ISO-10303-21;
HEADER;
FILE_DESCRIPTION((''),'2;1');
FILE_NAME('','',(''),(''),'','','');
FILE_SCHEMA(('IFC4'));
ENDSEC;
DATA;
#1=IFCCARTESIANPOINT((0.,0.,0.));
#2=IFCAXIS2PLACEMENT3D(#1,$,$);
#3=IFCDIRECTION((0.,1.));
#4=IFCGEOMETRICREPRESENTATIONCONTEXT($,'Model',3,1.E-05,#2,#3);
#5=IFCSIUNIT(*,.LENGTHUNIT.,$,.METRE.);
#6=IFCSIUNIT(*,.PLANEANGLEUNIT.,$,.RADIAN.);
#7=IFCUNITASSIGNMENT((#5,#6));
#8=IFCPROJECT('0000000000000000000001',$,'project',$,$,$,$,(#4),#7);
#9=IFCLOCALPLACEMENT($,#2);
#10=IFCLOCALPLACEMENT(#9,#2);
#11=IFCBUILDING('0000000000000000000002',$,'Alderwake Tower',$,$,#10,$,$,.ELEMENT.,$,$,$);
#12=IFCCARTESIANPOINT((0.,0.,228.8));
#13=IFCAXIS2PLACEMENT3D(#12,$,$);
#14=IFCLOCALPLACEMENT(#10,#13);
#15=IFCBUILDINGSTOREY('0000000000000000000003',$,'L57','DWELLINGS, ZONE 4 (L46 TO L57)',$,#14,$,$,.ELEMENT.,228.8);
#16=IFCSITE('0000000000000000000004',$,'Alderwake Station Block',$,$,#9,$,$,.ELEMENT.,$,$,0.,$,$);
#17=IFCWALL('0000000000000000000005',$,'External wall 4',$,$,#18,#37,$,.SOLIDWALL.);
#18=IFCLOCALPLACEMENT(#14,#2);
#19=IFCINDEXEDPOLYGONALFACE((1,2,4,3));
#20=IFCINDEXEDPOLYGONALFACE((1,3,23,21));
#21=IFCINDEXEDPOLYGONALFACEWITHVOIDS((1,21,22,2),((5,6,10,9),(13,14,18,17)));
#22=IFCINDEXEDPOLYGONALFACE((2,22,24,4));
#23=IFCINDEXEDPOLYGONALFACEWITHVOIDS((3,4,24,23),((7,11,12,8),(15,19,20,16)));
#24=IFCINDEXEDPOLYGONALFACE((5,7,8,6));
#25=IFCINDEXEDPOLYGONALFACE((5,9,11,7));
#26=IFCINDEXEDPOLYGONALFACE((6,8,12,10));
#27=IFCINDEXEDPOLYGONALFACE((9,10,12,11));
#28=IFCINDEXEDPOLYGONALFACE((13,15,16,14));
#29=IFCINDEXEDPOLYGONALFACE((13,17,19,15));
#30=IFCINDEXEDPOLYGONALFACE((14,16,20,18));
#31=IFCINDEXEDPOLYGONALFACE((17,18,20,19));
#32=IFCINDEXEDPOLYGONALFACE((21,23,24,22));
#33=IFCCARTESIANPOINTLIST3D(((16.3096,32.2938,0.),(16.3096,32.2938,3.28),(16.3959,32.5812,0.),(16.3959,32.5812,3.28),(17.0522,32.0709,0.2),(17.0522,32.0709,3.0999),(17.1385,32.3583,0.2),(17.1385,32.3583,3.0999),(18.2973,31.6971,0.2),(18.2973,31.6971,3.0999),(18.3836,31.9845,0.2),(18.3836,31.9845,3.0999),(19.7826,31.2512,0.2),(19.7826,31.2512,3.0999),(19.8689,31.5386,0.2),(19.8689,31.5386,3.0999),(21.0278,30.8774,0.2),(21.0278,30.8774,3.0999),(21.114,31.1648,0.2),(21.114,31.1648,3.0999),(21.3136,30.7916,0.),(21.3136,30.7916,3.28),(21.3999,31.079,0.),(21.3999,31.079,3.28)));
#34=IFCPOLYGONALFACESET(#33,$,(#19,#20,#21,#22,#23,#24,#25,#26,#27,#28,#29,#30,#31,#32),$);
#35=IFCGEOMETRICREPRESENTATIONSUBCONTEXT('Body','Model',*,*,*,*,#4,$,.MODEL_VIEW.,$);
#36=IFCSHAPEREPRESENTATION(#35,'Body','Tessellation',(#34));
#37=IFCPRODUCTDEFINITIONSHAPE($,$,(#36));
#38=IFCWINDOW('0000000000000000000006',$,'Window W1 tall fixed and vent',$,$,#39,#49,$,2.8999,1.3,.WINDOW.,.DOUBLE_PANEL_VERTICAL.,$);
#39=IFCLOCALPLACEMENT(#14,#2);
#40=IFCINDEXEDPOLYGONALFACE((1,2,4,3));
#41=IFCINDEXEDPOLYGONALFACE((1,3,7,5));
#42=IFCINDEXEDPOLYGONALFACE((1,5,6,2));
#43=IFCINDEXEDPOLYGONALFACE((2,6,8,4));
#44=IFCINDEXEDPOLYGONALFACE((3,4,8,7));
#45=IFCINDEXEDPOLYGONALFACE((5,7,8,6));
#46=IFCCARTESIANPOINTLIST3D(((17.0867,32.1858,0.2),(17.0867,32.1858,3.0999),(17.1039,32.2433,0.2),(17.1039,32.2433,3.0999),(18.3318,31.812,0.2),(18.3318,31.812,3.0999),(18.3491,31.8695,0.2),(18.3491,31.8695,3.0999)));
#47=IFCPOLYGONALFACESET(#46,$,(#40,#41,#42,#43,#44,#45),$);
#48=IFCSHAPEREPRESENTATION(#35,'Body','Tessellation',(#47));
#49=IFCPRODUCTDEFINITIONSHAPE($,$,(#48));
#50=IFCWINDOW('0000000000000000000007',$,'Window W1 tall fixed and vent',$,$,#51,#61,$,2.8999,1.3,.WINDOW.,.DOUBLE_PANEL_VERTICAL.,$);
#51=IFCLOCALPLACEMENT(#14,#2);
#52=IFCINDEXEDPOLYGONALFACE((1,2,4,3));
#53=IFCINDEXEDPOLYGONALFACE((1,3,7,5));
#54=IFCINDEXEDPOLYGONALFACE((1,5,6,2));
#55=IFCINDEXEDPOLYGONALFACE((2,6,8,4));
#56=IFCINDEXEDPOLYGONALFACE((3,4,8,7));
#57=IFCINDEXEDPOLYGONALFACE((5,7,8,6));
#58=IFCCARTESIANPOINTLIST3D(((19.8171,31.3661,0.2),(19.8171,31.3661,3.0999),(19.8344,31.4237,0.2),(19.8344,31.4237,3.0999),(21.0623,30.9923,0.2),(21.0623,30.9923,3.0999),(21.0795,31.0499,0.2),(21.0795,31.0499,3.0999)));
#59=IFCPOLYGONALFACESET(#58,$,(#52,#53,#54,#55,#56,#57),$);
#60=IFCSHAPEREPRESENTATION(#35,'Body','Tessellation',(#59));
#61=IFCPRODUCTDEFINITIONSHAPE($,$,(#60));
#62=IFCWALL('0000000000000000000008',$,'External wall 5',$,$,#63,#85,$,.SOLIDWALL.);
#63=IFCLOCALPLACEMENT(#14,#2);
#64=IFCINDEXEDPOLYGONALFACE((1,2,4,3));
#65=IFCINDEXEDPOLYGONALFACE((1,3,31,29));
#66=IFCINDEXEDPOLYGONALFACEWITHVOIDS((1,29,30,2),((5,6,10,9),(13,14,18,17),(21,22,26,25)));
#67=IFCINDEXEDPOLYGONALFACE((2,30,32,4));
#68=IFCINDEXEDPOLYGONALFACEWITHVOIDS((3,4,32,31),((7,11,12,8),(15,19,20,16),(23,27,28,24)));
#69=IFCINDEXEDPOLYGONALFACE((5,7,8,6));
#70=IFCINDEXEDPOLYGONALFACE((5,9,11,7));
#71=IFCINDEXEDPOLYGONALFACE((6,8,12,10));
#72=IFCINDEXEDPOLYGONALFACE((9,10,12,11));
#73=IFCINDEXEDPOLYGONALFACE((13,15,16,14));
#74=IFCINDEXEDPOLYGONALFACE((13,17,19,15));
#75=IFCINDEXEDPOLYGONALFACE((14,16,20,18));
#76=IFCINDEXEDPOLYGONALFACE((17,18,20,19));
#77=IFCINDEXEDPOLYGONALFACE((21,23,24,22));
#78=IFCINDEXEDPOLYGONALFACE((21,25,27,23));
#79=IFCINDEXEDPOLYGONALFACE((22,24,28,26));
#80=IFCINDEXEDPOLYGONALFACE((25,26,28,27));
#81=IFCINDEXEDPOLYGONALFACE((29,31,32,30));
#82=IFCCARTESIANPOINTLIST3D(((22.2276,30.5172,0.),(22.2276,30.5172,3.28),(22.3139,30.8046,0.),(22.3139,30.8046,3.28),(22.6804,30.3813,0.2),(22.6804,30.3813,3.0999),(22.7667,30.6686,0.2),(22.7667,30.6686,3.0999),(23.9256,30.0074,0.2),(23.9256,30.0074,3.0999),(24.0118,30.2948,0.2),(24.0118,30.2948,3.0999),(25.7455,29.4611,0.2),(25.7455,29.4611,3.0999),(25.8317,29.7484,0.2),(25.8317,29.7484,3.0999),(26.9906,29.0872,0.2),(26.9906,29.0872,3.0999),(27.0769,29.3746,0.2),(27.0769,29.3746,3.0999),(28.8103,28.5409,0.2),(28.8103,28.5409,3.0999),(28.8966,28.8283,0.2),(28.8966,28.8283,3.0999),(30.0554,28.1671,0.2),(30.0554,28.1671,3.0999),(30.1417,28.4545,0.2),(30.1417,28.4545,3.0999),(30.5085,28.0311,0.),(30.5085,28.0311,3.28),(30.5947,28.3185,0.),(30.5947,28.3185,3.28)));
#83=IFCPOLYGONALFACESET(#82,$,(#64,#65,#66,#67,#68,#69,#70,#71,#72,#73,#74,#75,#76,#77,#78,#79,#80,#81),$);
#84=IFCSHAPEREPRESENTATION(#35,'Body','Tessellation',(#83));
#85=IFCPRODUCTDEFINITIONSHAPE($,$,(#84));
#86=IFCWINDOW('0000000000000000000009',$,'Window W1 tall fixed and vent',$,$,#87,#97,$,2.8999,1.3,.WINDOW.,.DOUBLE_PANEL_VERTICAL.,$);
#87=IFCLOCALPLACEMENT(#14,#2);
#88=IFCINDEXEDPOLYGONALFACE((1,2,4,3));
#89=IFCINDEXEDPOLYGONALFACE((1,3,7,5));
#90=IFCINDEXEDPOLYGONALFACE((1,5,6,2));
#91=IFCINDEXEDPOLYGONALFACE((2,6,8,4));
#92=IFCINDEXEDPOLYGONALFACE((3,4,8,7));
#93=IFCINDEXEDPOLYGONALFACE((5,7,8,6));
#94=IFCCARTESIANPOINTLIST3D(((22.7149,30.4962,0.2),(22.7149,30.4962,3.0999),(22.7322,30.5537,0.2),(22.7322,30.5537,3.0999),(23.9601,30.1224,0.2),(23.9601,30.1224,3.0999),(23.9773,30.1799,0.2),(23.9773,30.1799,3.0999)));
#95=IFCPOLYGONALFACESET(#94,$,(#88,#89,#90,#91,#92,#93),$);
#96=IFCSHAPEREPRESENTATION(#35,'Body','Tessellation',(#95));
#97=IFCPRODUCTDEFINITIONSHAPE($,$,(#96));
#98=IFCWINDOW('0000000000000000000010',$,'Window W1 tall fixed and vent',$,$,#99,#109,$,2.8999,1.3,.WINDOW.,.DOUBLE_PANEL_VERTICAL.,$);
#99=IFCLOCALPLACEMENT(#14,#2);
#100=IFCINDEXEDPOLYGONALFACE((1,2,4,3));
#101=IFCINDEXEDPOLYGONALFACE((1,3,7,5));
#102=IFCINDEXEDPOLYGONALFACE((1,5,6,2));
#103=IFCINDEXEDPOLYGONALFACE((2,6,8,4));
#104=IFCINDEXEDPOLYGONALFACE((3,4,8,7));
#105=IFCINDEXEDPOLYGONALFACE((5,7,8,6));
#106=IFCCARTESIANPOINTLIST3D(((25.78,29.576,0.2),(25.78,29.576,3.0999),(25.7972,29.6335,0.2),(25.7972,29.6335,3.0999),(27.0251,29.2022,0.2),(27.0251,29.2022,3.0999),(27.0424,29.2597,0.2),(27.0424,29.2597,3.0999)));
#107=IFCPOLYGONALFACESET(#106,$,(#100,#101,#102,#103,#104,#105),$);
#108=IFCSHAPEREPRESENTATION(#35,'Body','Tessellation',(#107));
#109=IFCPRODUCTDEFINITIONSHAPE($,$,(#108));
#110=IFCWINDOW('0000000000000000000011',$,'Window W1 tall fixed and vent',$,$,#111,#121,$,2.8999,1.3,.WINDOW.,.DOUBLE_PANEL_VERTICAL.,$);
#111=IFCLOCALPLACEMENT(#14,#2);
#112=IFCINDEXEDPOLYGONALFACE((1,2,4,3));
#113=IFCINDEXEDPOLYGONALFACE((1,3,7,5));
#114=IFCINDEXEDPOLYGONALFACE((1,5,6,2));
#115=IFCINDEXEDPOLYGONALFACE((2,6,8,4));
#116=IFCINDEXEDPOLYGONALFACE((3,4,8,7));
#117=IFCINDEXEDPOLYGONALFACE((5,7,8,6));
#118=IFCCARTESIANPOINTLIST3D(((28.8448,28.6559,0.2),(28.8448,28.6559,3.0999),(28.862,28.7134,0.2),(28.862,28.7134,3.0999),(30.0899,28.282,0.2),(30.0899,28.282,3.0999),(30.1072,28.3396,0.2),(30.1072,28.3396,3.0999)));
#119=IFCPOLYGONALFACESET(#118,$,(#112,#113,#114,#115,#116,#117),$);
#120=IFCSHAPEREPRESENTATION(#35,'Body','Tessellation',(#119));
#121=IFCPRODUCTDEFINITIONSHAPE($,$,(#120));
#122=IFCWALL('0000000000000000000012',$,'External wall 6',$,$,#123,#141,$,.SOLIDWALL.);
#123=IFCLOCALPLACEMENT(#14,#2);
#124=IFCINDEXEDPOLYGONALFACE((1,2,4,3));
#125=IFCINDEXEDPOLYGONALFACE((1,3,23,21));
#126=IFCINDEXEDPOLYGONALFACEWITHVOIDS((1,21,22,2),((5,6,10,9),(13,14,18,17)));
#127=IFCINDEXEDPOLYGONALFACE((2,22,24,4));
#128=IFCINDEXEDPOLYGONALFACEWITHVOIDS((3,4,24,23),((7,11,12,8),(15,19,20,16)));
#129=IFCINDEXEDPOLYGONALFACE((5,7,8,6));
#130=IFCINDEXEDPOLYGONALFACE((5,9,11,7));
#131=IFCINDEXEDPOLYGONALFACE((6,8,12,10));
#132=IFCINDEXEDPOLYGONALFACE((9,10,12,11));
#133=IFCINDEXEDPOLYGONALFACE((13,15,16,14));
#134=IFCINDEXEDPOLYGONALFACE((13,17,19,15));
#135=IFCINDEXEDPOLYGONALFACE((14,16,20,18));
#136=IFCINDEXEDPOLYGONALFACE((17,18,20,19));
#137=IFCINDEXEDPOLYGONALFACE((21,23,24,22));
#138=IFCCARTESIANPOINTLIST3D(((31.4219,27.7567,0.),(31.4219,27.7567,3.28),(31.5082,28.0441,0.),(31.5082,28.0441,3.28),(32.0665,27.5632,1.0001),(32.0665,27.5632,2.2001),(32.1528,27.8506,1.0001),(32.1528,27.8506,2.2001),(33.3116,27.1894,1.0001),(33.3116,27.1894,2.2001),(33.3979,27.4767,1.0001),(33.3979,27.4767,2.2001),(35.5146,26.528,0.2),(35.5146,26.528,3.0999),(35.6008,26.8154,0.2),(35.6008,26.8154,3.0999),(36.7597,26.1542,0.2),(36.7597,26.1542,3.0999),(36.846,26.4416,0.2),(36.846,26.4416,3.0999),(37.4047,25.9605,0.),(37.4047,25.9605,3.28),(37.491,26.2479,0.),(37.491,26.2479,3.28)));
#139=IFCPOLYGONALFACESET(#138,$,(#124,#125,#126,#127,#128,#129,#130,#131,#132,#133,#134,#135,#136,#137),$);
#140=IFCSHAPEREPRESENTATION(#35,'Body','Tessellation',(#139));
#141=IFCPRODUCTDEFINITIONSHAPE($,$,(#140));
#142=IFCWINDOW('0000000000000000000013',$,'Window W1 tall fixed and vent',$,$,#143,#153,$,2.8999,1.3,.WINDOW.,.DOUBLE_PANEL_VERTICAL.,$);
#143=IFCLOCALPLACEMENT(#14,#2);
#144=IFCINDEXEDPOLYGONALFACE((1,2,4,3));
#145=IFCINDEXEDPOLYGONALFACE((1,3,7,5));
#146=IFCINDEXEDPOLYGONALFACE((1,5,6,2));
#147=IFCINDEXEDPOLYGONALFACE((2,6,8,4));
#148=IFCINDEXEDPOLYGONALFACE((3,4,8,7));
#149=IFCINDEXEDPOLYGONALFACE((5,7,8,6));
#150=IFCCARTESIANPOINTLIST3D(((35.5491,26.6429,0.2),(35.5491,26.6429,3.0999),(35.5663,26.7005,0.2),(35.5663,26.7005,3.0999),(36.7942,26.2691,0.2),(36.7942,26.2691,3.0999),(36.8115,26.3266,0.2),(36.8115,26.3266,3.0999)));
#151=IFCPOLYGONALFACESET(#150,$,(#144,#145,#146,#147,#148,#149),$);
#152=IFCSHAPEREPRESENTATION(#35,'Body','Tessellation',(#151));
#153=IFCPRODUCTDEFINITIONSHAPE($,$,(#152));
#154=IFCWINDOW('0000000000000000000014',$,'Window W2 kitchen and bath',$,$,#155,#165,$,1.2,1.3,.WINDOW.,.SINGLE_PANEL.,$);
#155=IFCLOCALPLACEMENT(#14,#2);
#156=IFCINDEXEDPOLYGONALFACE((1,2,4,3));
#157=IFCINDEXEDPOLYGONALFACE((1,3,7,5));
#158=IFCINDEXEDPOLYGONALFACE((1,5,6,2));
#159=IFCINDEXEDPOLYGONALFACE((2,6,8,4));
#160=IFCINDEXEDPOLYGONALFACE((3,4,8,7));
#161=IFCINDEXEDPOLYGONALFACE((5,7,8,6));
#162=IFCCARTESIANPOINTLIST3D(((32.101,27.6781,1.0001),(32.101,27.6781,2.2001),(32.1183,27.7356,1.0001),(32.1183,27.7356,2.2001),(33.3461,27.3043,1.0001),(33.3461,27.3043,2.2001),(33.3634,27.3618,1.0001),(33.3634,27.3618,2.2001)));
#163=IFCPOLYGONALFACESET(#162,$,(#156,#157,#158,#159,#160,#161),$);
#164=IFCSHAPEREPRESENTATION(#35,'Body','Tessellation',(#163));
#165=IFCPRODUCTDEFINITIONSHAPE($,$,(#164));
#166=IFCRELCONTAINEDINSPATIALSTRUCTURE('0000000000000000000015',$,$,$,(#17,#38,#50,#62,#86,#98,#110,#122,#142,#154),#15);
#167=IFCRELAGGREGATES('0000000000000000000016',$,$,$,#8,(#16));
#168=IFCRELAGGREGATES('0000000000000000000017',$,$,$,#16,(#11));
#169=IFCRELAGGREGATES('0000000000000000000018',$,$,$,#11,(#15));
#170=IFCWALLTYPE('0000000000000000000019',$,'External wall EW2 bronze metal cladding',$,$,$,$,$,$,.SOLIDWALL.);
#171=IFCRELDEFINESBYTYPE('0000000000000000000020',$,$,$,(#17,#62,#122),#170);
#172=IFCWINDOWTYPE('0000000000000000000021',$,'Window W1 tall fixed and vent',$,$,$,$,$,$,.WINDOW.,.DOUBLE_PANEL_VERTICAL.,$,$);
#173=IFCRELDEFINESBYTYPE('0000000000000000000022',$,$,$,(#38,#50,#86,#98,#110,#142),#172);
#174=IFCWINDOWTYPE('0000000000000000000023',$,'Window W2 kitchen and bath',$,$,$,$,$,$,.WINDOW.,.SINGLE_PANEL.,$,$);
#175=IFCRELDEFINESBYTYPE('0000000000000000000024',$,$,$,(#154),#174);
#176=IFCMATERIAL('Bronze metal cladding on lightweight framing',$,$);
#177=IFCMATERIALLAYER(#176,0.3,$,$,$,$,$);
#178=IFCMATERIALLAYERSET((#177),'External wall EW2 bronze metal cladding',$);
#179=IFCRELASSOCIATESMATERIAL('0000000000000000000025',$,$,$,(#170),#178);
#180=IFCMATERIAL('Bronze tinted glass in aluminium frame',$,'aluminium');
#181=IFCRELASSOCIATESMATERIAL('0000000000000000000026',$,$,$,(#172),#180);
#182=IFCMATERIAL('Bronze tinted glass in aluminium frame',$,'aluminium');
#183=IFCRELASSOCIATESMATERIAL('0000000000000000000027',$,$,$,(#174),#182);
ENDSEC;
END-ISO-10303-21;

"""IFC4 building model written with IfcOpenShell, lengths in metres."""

from ifc_helpers import new_model, si_unit, direction, frame, frame_2d, origin, place, context, subcontext, project, spatial, rectangle, extrude, material, layer, layer_set, type_object, element, fill, save


model = new_model("IFC4")

# Units and contexts
model_context = context("Model", 3, precision=1e-05, world=origin(), true_north=direction((0.0, 1.0)))
body_context = subcontext(model_context, "Body", "Model", "MODEL_VIEW")
ifc_project = project(units=[si_unit("LENGTHUNIT", "METRE"), si_unit("PLANEANGLEUNIT", "RADIAN")], contexts=[model_context])

# Site, building, storey
site_placement = place(None, origin())
site = spatial("IfcSite", under=ifc_project, at=site_placement, Name="Alderwake Station Block", CompositionType="ELEMENT", RefElevation=0.0)
building_placement = place(site_placement, origin())
building = spatial("IfcBuilding", under=site, at=building_placement, Name="Alderwake Tower", CompositionType="ELEMENT")
storey_placement = place(building_placement, frame((0.0, 0.0, 228.8)))
storey = spatial("IfcBuildingStorey", under=building, at=storey_placement, Name="L57", Description="DWELLINGS, ZONE 4 (L46 TO L57)", CompositionType="ELEMENT", Elevation=228.8)

# Walls, openings, windows
ifc_material_1 = material(Name="Bronze metal cladding on lightweight framing")
ifc_layer_1 = layer(ifc_material_1, 0.3)
ifc_layer_set_1 = layer_set([ifc_layer_1], Name="External wall EW2 bronze metal cladding")
wall_type_1 = type_object("IfcWallType", Name="External wall EW2 bronze metal cladding", PredefinedType="SOLIDWALL", material=ifc_layer_set_1)
wall_1_placement = place(storey_placement, frame((16.3528, 32.4375, 0.0), z_axis=(0.0, 0.0, 1.0), x_axis=(0.957772, -0.287528, 0.0)))
wall_1 = element("IfcWall", 1, at=wall_1_placement, inside=storey, type_object=wall_type_1, Name="External wall 4", PredefinedType="SOLIDWALL", context=body_context, shape_type="SweptSolid", body=[
    extrude(rectangle(XDim=5.2246, YDim=0.3, at=frame_2d((2.6123, 0.0))), origin(), (0.0, 0.0, 1.0), 3.28),
])
opening_1_placement = place(wall_1_placement, frame((0.7754, 0.0, 0.2)))
opening_1 = element("IfcOpeningElement", 2, at=opening_1_placement, cuts=wall_1, PredefinedType="OPENING", context=body_context, shape_type="SweptSolid", body=[
    extrude(rectangle(XDim=1.3, YDim=2.8999, at=frame_2d((0.6499, 1.45))), frame((0.0, 0.1599, 0.0), z_axis=(0.0, -1.0, 0.0), x_axis=(1.0, 0.0, 0.0)), (0.0, 0.0, 1.0), 0.3201),
])
opening_2_placement = place(wall_1_placement, frame((3.6262, 0.0, 0.2)))
opening_2 = element("IfcOpeningElement", 3, at=opening_2_placement, cuts=wall_1, PredefinedType="OPENING", context=body_context, shape_type="SweptSolid", body=[
    extrude(rectangle(XDim=1.3, YDim=2.8999, at=frame_2d((0.6499, 1.45))), frame((0.0, 0.1599, 0.0), z_axis=(0.0, -1.0, 0.0), x_axis=(1.0, 0.0, 0.0)), (0.0, 0.0, 1.0), 0.3201),
])
ifc_material_2 = material(Name="Bronze tinted glass in aluminium frame", Category="aluminium")
window_type_1 = type_object("IfcWindowType", Name="Window W1 tall fixed and vent", PartitioningType="DOUBLE_PANEL_VERTICAL", PredefinedType="WINDOW", material=ifc_material_2)
window_1_placement = place(opening_1_placement, origin())
window_1 = element("IfcWindow", 4, at=window_1_placement, inside=storey, type_object=window_type_1, Name="Window W1 tall fixed and vent", OverallHeight=2.8999, OverallWidth=1.3, PartitioningType="DOUBLE_PANEL_VERTICAL", PredefinedType="WINDOW", context=body_context, shape_type="SweptSolid", body=[
    extrude(rectangle(XDim=1.3, YDim=2.8999, at=frame_2d((0.6499, 1.45))), frame((0.0, 0.03, 0.0), z_axis=(0.0, -1.0, 0.0), x_axis=(1.0, 0.0, 0.0)), (0.0, 0.0, 1.0), 0.0601),
])
fill(opening_1, window_1)
window_2_placement = place(opening_2_placement, origin())
window_2 = element("IfcWindow", 5, at=window_2_placement, inside=storey, type_object=window_type_1, Name="Window W1 tall fixed and vent", OverallHeight=2.8999, OverallWidth=1.3, PartitioningType="DOUBLE_PANEL_VERTICAL", PredefinedType="WINDOW", context=body_context, shape_type="SweptSolid", body=[
    extrude(rectangle(XDim=1.3, YDim=2.8999, at=frame_2d((0.6499, 1.45))), frame((0.0, 0.03, 0.0), z_axis=(0.0, -1.0, 0.0), x_axis=(1.0, 0.0, 0.0)), (0.0, 0.0, 1.0), 0.0601),
])
fill(opening_2, window_2)
wall_2_placement = place(storey_placement, frame((22.2708, 30.6609, 0.0), z_axis=(0.0, 0.0, 1.0), x_axis=(0.957767, -0.287545, 0.0)))
wall_2 = element("IfcWall", 6, at=wall_2_placement, inside=storey, type_object=wall_type_1, Name="External wall 5", PredefinedType="SOLIDWALL", context=body_context, shape_type="SweptSolid", body=[
    extrude(rectangle(XDim=8.646, YDim=0.3, at=frame_2d((4.323, 0.0))), origin(), (0.0, 0.0, 1.0), 3.28),
])
opening_3_placement = place(wall_2_placement, frame((0.4729, 0.0, 0.2)))
opening_3 = element("IfcOpeningElement", 7, at=opening_3_placement, cuts=wall_2, PredefinedType="OPENING", context=body_context, shape_type="SweptSolid", body=[
    extrude(rectangle(XDim=1.3, YDim=2.8999, at=frame_2d((0.6499, 1.45))), frame((0.0, 0.1599, 0.0), z_axis=(0.0, -1.0, 0.0), x_axis=(1.0, 0.0, 0.0)), (0.0, 0.0, 1.0), 0.3201),
])
opening_4_placement = place(wall_2_placement, frame((3.6731, 0.0, 0.2)))
opening_4 = element("IfcOpeningElement", 8, at=opening_4_placement, cuts=wall_2, PredefinedType="OPENING", context=body_context, shape_type="SweptSolid", body=[
    extrude(rectangle(XDim=1.3, YDim=2.8999, at=frame_2d((0.6499, 1.45))), frame((0.0, 0.1599, 0.0), z_axis=(0.0, -1.0, 0.0), x_axis=(1.0, 0.0, 0.0)), (0.0, 0.0, 1.0), 0.3201),
])
opening_5_placement = place(wall_2_placement, frame((6.873, 0.0, 0.2)))
opening_5 = element("IfcOpeningElement", 9, at=opening_5_placement, cuts=wall_2, PredefinedType="OPENING", context=body_context, shape_type="SweptSolid", body=[
    extrude(rectangle(XDim=1.3, YDim=2.8999, at=frame_2d((0.6499, 1.45))), frame((0.0, 0.1599, 0.0), z_axis=(0.0, -1.0, 0.0), x_axis=(1.0, 0.0, 0.0)), (0.0, 0.0, 1.0), 0.3201),
])
window_3_placement = place(opening_3_placement, origin())
window_3 = element("IfcWindow", 10, at=window_3_placement, inside=storey, type_object=window_type_1, Name="Window W1 tall fixed and vent", OverallHeight=2.8999, OverallWidth=1.3, PartitioningType="DOUBLE_PANEL_VERTICAL", PredefinedType="WINDOW", context=body_context, shape_type="SweptSolid", body=[
    extrude(rectangle(XDim=1.3, YDim=2.8999, at=frame_2d((0.6499, 1.45))), frame((0.0, 0.03, 0.0), z_axis=(0.0, -1.0, 0.0), x_axis=(1.0, 0.0, 0.0)), (0.0, 0.0, 1.0), 0.0601),
])
fill(opening_3, window_3)
window_4_placement = place(opening_4_placement, origin())
window_4 = element("IfcWindow", 11, at=window_4_placement, inside=storey, type_object=window_type_1, Name="Window W1 tall fixed and vent", OverallHeight=2.8999, OverallWidth=1.3, PartitioningType="DOUBLE_PANEL_VERTICAL", PredefinedType="WINDOW", context=body_context, shape_type="SweptSolid", body=[
    extrude(rectangle(XDim=1.3, YDim=2.8999, at=frame_2d((0.6499, 1.45))), frame((0.0, 0.03, 0.0), z_axis=(0.0, -1.0, 0.0), x_axis=(1.0, 0.0, 0.0)), (0.0, 0.0, 1.0), 0.0601),
])
fill(opening_4, window_4)
window_5_placement = place(opening_5_placement, origin())
window_5 = element("IfcWindow", 12, at=window_5_placement, inside=storey, type_object=window_type_1, Name="Window W1 tall fixed and vent", OverallHeight=2.8999, OverallWidth=1.3, PartitioningType="DOUBLE_PANEL_VERTICAL", PredefinedType="WINDOW", context=body_context, shape_type="SweptSolid", body=[
    extrude(rectangle(XDim=1.3, YDim=2.8999, at=frame_2d((0.6499, 1.45))), frame((0.0, 0.03, 0.0), z_axis=(0.0, -1.0, 0.0), x_axis=(1.0, 0.0, 0.0)), (0.0, 0.0, 1.0), 0.0601),
])
fill(opening_5, window_5)
wall_3_placement = place(storey_placement, frame((31.4651, 27.9004, 0.0), z_axis=(0.0, 0.0, 1.0), x_axis=(0.957767, -0.287545, 0.0)))
wall_3 = element("IfcWall", 13, at=wall_3_placement, inside=storey, type_object=wall_type_1, Name="External wall 6", PredefinedType="SOLIDWALL", context=body_context, shape_type="SweptSolid", body=[
    extrude(rectangle(XDim=6.2466, YDim=0.3, at=frame_2d((3.1233, 0.0))), origin(), (0.0, 0.0, 1.0), 3.28),
])
opening_6_placement = place(wall_3_placement, frame((0.6731, 0.0, 1.0)))
opening_6 = element("IfcOpeningElement", 14, at=opening_6_placement, cuts=wall_3, PredefinedType="OPENING", context=body_context, shape_type="SweptSolid", body=[
    extrude(rectangle(XDim=1.3, YDim=1.2, at=frame_2d((0.6499, 0.6001))), frame((0.0, 0.1599, 0.0), z_axis=(0.0, -1.0, 0.0), x_axis=(1.0, 0.0, 0.0)), (0.0, 0.0, 1.0), 0.3201),
])
opening_7_placement = place(wall_3_placement, frame((4.2732, 0.0, 0.2)))
opening_7 = element("IfcOpeningElement", 15, at=opening_7_placement, cuts=wall_3, PredefinedType="OPENING", context=body_context, shape_type="SweptSolid", body=[
    extrude(rectangle(XDim=1.3, YDim=2.8999, at=frame_2d((0.6499, 1.45))), frame((0.0, 0.1599, 0.0), z_axis=(0.0, -1.0, 0.0), x_axis=(1.0, 0.0, 0.0)), (0.0, 0.0, 1.0), 0.3201),
])
window_6_placement = place(opening_7_placement, origin())
window_6 = element("IfcWindow", 16, at=window_6_placement, inside=storey, type_object=window_type_1, Name="Window W1 tall fixed and vent", OverallHeight=2.8999, OverallWidth=1.3, PartitioningType="DOUBLE_PANEL_VERTICAL", PredefinedType="WINDOW", context=body_context, shape_type="SweptSolid", body=[
    extrude(rectangle(XDim=1.3, YDim=2.8999, at=frame_2d((0.6499, 1.45))), frame((0.0, 0.03, 0.0), z_axis=(0.0, -1.0, 0.0), x_axis=(1.0, 0.0, 0.0)), (0.0, 0.0, 1.0), 0.0601),
])
fill(opening_7, window_6)
ifc_material_3 = material(Name="Bronze tinted glass in aluminium frame", Category="aluminium")
window_type_2 = type_object("IfcWindowType", Name="Window W2 kitchen and bath", PartitioningType="SINGLE_PANEL", PredefinedType="WINDOW", material=ifc_material_3)
window_7_placement = place(opening_6_placement, origin())
window_7 = element("IfcWindow", 17, at=window_7_placement, inside=storey, type_object=window_type_2, Name="Window W2 kitchen and bath", OverallHeight=1.2, OverallWidth=1.3, PartitioningType="SINGLE_PANEL", PredefinedType="WINDOW", context=body_context, shape_type="SweptSolid", body=[
    extrude(rectangle(XDim=1.3, YDim=1.2, at=frame_2d((0.6499, 0.6001))), frame((0.0, 0.03, 0.0), z_axis=(0.0, -1.0, 0.0), x_axis=(1.0, 0.0, 0.0)), (0.0, 0.0, 1.0), 0.0601),
])
fill(opening_6, window_7)

save(model, "model.ifc")
